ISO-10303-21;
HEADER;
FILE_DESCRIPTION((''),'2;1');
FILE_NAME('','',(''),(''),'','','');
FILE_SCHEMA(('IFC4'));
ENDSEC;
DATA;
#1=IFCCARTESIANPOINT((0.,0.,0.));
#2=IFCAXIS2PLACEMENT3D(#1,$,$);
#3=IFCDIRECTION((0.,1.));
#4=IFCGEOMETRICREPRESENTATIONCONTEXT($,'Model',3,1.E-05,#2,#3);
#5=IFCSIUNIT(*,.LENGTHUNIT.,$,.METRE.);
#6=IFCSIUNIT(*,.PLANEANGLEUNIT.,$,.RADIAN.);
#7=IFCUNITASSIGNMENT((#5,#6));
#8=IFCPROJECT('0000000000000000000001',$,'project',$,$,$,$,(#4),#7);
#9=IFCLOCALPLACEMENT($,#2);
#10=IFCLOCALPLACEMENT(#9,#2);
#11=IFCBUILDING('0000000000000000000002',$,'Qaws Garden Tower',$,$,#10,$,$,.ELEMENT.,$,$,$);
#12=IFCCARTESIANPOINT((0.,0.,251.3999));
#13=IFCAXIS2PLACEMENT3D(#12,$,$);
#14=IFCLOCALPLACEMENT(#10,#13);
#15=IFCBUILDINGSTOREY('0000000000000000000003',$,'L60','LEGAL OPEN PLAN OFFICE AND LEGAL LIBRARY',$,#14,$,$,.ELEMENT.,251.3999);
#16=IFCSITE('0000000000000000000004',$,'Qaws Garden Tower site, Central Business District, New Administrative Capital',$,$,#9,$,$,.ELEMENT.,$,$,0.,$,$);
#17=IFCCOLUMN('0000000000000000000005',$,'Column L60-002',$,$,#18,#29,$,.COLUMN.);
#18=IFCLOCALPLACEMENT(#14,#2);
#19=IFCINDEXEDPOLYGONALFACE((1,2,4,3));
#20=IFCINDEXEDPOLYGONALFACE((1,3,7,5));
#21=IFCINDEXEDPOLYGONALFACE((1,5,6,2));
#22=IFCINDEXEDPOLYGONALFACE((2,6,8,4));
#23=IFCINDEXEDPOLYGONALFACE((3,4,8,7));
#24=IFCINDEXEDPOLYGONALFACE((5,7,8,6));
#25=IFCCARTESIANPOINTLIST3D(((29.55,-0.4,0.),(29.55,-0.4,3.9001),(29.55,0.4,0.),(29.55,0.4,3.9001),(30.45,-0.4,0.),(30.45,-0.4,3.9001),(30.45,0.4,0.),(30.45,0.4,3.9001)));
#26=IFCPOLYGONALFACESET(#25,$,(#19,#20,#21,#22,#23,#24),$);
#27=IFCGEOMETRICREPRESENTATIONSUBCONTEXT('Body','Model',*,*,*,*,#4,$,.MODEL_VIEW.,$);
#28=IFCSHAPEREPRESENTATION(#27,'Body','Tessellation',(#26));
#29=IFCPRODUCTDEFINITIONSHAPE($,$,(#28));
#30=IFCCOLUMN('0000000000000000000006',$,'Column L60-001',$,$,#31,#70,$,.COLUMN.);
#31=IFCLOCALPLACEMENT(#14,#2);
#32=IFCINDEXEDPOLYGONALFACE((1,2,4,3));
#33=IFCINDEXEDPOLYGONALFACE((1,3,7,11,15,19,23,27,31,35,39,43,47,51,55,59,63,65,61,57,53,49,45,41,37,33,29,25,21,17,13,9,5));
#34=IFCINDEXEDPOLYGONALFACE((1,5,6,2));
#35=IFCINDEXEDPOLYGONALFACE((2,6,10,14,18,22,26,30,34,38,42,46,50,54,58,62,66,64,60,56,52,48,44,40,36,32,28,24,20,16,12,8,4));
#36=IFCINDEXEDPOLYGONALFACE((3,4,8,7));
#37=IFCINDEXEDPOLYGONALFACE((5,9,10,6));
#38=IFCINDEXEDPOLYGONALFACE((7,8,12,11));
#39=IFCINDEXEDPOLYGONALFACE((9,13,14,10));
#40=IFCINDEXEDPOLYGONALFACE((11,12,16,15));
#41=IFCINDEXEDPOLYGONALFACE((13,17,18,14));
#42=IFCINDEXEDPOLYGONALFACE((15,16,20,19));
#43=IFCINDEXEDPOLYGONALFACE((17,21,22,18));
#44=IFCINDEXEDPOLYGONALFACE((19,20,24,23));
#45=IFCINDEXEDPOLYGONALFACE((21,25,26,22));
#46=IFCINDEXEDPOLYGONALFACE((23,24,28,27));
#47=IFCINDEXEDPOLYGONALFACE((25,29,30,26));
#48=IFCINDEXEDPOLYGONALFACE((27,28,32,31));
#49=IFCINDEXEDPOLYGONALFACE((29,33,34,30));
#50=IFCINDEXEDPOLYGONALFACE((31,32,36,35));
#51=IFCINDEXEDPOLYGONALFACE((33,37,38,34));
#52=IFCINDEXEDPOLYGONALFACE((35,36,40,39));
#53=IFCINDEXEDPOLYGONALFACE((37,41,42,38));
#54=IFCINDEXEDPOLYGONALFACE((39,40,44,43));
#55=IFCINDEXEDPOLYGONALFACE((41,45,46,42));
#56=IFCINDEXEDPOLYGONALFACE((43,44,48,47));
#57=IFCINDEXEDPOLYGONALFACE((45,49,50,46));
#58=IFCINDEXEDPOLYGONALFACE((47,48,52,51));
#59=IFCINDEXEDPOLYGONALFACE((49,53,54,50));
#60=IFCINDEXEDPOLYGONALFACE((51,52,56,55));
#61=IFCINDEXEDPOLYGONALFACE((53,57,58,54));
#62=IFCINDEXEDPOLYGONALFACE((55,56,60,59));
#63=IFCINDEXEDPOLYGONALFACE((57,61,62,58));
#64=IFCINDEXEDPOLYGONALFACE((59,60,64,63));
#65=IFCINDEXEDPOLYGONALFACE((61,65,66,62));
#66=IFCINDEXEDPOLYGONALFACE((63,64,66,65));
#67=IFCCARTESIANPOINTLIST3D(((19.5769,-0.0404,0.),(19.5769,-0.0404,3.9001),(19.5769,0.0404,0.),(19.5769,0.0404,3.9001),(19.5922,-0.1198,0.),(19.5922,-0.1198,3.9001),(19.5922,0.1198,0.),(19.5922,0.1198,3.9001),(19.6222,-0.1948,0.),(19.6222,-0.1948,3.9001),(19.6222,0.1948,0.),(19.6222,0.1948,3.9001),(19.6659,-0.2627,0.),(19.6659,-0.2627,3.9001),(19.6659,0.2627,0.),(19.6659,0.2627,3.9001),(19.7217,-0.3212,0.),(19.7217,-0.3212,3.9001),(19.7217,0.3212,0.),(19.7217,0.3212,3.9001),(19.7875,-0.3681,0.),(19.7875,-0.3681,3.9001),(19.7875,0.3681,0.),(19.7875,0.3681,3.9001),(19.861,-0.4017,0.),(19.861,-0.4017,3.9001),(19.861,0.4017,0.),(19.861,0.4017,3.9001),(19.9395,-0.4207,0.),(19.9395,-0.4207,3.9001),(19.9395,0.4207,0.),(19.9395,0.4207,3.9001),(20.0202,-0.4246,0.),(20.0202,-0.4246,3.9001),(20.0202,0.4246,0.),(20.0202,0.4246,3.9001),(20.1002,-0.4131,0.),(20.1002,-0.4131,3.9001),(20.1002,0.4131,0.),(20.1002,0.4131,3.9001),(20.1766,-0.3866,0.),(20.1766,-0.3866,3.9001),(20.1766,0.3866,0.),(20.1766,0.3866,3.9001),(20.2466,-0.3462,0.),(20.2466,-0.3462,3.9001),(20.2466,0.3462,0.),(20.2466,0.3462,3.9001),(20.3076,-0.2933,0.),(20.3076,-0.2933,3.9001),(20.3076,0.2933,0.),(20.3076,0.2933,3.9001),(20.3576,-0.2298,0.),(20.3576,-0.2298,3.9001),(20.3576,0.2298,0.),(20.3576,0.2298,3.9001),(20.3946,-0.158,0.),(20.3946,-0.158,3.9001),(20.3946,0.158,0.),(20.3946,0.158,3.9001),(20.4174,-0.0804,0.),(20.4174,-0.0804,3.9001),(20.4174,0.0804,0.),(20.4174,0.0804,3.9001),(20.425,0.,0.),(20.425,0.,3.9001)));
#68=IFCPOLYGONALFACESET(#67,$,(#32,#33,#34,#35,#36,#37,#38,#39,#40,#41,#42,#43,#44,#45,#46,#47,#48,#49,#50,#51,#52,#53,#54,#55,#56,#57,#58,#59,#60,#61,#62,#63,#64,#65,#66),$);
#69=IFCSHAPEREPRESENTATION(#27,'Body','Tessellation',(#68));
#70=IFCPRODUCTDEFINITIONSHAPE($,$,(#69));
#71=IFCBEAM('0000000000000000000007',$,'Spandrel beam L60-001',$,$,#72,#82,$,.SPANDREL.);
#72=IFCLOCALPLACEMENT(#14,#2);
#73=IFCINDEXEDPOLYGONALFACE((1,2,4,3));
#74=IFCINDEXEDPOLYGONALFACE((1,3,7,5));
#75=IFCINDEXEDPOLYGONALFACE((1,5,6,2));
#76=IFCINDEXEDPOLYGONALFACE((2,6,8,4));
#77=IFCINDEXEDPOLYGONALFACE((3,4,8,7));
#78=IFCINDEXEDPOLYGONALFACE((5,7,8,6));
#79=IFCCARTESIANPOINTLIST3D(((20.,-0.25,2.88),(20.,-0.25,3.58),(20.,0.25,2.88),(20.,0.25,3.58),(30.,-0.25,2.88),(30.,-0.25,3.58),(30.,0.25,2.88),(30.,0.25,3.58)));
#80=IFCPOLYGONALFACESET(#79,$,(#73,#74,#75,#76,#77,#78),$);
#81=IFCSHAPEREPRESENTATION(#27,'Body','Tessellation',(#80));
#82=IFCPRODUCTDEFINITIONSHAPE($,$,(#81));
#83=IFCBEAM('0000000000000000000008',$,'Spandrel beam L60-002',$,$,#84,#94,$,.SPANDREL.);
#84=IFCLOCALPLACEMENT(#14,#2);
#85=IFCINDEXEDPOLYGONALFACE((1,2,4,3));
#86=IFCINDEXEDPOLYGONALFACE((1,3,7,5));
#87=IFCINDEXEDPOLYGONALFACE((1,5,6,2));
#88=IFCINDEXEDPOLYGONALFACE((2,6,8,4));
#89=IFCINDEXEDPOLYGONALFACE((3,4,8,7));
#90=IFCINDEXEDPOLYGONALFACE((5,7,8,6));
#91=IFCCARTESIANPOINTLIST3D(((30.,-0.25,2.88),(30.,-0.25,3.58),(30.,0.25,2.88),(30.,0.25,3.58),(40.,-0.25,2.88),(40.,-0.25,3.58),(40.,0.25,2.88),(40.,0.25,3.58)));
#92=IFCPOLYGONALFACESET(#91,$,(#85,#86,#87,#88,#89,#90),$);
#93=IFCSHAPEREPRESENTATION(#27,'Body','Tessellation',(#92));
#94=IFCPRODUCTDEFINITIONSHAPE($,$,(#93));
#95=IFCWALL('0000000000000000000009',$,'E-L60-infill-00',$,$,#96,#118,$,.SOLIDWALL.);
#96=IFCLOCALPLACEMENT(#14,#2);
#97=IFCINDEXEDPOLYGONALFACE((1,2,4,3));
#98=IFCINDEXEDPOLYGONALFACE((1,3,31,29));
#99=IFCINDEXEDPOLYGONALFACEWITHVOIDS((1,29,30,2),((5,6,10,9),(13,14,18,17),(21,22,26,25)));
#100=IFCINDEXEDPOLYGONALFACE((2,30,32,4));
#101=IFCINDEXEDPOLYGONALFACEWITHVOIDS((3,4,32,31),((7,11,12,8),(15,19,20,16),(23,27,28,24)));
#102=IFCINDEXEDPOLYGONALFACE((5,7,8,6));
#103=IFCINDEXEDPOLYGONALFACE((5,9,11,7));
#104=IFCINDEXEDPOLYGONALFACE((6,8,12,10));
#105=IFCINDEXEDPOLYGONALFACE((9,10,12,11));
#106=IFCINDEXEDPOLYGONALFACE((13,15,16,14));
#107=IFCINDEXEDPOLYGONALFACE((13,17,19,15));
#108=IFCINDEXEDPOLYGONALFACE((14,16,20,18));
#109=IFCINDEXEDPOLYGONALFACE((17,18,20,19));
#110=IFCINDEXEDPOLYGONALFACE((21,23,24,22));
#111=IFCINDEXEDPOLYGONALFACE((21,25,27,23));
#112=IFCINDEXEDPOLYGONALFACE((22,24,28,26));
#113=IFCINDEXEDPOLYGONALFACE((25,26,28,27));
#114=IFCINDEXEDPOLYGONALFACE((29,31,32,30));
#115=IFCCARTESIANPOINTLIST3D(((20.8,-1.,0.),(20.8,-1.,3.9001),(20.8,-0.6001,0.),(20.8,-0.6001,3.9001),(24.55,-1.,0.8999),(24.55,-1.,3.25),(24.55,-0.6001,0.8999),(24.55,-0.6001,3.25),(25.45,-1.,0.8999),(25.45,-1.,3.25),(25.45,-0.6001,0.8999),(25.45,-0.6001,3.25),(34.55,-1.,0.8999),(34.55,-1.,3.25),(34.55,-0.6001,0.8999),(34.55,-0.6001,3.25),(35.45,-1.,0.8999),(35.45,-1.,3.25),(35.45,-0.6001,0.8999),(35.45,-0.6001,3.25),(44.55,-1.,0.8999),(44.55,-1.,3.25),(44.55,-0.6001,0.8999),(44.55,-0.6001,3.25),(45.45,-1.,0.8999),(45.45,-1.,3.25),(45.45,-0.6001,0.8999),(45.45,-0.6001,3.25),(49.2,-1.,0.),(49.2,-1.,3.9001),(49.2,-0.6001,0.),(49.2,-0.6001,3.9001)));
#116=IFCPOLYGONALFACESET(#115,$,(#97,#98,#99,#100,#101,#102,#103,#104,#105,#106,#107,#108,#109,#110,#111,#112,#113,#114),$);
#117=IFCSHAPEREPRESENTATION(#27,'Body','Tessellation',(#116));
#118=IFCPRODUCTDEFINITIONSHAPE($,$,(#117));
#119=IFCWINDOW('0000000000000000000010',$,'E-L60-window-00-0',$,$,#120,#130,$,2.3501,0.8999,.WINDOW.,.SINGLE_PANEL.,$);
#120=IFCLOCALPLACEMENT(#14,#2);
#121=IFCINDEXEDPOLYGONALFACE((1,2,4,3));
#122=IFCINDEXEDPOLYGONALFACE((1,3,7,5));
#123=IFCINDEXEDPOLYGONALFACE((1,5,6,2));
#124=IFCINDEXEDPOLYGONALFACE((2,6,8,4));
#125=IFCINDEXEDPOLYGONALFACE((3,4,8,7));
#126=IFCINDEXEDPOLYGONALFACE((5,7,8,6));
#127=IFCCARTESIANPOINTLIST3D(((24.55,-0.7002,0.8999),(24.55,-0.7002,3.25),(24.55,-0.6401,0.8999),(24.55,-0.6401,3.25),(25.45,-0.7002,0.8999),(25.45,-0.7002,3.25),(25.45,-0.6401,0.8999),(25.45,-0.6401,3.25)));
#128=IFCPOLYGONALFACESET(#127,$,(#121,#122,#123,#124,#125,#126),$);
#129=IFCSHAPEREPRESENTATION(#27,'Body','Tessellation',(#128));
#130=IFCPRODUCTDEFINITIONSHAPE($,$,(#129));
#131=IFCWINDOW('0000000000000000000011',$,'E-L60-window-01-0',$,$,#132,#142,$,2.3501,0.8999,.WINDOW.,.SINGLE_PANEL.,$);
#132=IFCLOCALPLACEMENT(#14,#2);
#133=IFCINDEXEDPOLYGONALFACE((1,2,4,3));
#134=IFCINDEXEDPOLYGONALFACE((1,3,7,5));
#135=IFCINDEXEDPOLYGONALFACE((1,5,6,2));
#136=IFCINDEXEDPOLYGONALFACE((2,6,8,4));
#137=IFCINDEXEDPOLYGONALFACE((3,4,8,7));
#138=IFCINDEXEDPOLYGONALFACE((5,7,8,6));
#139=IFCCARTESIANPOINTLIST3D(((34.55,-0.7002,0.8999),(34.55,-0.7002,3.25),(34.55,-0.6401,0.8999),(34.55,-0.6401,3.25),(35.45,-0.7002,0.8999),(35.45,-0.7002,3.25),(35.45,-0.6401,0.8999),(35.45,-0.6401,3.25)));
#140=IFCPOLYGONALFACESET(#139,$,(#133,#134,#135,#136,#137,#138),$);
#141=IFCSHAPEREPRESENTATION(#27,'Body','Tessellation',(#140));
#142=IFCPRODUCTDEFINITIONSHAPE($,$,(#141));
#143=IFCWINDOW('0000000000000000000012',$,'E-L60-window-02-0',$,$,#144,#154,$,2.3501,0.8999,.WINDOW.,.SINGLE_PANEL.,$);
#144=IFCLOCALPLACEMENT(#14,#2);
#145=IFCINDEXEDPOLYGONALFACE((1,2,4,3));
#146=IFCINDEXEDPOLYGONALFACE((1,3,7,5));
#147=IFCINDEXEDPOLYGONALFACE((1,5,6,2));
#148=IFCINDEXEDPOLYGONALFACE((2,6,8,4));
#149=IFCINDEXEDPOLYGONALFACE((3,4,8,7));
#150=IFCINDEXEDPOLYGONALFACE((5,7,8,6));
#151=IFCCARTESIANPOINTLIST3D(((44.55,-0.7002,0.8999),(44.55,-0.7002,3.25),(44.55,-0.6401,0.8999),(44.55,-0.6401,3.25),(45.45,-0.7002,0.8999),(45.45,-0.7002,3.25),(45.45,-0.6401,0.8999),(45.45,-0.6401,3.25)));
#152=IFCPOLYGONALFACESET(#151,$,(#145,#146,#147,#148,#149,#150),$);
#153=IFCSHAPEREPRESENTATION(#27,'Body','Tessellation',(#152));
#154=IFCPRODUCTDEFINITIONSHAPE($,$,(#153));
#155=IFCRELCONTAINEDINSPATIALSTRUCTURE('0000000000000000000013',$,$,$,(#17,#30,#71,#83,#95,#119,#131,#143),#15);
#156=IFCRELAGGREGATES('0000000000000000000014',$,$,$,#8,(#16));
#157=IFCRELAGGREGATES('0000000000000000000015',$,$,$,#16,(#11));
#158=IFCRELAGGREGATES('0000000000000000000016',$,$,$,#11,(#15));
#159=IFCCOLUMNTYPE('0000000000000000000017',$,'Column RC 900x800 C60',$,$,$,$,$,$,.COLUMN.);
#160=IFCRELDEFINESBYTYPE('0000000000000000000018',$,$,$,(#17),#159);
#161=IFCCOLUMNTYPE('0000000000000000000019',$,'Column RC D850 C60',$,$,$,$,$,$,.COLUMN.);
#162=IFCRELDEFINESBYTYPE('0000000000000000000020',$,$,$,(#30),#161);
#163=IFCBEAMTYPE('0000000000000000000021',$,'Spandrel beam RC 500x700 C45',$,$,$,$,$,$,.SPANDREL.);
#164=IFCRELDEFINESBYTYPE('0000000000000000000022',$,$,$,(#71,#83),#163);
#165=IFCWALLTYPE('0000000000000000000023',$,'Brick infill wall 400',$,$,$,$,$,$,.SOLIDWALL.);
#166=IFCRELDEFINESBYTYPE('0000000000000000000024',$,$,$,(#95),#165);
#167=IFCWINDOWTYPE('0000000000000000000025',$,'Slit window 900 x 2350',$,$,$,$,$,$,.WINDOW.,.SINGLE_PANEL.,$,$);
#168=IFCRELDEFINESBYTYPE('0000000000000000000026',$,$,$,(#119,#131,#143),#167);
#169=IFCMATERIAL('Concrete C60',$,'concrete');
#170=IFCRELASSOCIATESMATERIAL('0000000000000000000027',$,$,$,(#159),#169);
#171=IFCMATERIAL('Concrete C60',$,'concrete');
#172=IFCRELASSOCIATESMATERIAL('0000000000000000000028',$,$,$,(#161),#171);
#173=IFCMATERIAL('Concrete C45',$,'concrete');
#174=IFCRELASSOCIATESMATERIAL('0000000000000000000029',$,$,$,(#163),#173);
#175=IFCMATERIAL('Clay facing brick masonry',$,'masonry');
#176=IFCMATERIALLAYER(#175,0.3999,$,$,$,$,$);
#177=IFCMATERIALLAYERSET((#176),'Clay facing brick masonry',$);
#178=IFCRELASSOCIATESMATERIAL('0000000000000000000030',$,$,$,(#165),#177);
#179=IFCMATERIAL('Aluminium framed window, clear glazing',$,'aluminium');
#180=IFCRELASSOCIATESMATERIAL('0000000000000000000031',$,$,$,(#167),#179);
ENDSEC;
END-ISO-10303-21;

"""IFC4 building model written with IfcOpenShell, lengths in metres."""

from ifc_helpers import new_model, si_unit, direction, frame, frame_2d, origin, origin_2d, place, context, subcontext, project, spatial, rectangle, circle, extrude, material, layer, layer_set, material_profile, profile_set, type_object, element, fill, save


model = new_model("IFC4")

# Units and contexts
model_context = context("Model", 3, precision=1e-05, world=origin(), true_north=direction((0.0, 1.0)))
body_context = subcontext(model_context, "Body", "Model", "MODEL_VIEW")
ifc_project = project(units=[si_unit("LENGTHUNIT", "METRE"), si_unit("PLANEANGLEUNIT", "RADIAN")], contexts=[model_context])

# Site, building, storey
site_placement = place(None, origin())
site = spatial("IfcSite", under=ifc_project, at=site_placement, Name="Qaws Garden Tower site, Central Business District, New Administrative Capital", CompositionType="ELEMENT", RefElevation=0.0)
building_placement = place(site_placement, origin())
building = spatial("IfcBuilding", under=site, at=building_placement, Name="Qaws Garden Tower", CompositionType="ELEMENT")
storey_placement = place(building_placement, frame((0.0, 0.0, 251.3999)))
storey = spatial("IfcBuildingStorey", under=building, at=storey_placement, Name="L60", Description="LEGAL OPEN PLAN OFFICE AND LEGAL LIBRARY", CompositionType="ELEMENT", Elevation=251.3999)

# Columns
ifc_material_1 = material(Name="Concrete C60", Category="concrete")
ifc_material_profile_1 = material_profile(ifc_material_1, rectangle(XDim=0.8999, YDim=0.8, at=origin_2d()), Name="RC 900x800")
ifc_profile_set_1 = profile_set([ifc_material_profile_1], Name="Concrete C60")
column_type_1 = type_object("IfcColumnType", Name="Column RC 900x800 C60", PredefinedType="COLUMN", material=ifc_profile_set_1)
column_1_placement = place(storey_placement, frame((30.0, 0.0, 0.0), z_axis=(0.0, 0.0, 1.0), x_axis=(1.0, 0.0, 0.0)))
element("IfcColumn", 1, at=column_1_placement, inside=storey, type_object=column_type_1, Name="Column L60-002", PredefinedType="COLUMN", context=body_context, shape_type="SweptSolid", body=[
    extrude(rectangle(XDim=0.8999, YDim=0.8, at=origin_2d()), origin(), (0.0, 0.0, 1.0), 3.9001),
])
ifc_material_2 = material(Name="Concrete C60", Category="concrete")
ifc_material_profile_2 = material_profile(ifc_material_2, circle(Radius=0.425, at=origin_2d()), Name="RC D850")
ifc_profile_set_2 = profile_set([ifc_material_profile_2], Name="Concrete C60")
column_type_2 = type_object("IfcColumnType", Name="Column RC D850 C60", PredefinedType="COLUMN", material=ifc_profile_set_2)
column_2_placement = place(storey_placement, frame((20.0, 0.0, 0.0), z_axis=(0.0, 0.0, 1.0), x_axis=(1.0, 0.0, 0.0)))
element("IfcColumn", 2, at=column_2_placement, inside=storey, type_object=column_type_2, Name="Column L60-001", PredefinedType="COLUMN", context=body_context, shape_type="SweptSolid", body=[
    extrude(circle(Radius=0.425, at=origin_2d()), origin(), (0.0, 0.0, 1.0), 3.9001),
])

# Beams
ifc_material_3 = material(Name="Concrete C45", Category="concrete")
ifc_material_profile_3 = material_profile(ifc_material_3, rectangle(XDim=0.5, YDim=0.7, at=origin_2d()), Name="RC 500x700")
ifc_profile_set_3 = profile_set([ifc_material_profile_3], Name="Concrete C45")
beam_type = type_object("IfcBeamType", Name="Spandrel beam RC 500x700 C45", PredefinedType="SPANDREL", material=ifc_profile_set_3)
for number, where, z_axis, x_axis, name in (
    (3, (20.0, 0.0, 3.23), (1.0, 0.0, 0.0), (0.0, 1.0, 0.0), "Spandrel beam L60-001"),
    (4, (30.0, 0.0, 3.23), (1.0, 0.0, 0.0), (0.0, 1.0, 0.0), "Spandrel beam L60-002"),
):
    element("IfcBeam", number, at=place(storey_placement, frame(where, z_axis=z_axis, x_axis=x_axis)), inside=storey, type_object=beam_type, Name=name, PredefinedType="SPANDREL", context=body_context, shape_type="SweptSolid", body=[
        extrude(rectangle(XDim=0.5, YDim=0.7, at=origin_2d()), origin(), (0.0, 0.0, 1.0), 10.0),
    ])

# Wall, openings, windows
ifc_material_4 = material(Name="Clay facing brick masonry", Category="masonry")
ifc_layer_1 = layer(ifc_material_4, 0.3999)
ifc_layer_set_1 = layer_set([ifc_layer_1], Name="Clay facing brick masonry")
wall_type_1 = type_object("IfcWallType", Name="Brick infill wall 400", PredefinedType="SOLIDWALL", material=ifc_layer_set_1)
wall_1_placement = place(storey_placement, frame((20.8, -0.8, 0.0), z_axis=(0.0, 0.0, 1.0), x_axis=(1.0, 0.0, 0.0)))
wall_1 = element("IfcWall", 5, at=wall_1_placement, inside=storey, type_object=wall_type_1, Name="E-L60-infill-00", PredefinedType="SOLIDWALL", context=body_context, shape_type="SweptSolid", body=[
    extrude(rectangle(XDim=28.3999, YDim=0.3999, at=frame_2d((14.2, 0.0))), origin(), (0.0, 0.0, 1.0), 3.9001),
])
opening_1_placement = place(wall_1_placement, frame((3.75, 0.0, 0.8999)))
opening_1 = element("IfcOpeningElement", 6, at=opening_1_placement, cuts=wall_1, PredefinedType="OPENING", context=body_context, shape_type="SweptSolid", body=[
    extrude(rectangle(XDim=0.8999, YDim=2.3501, at=frame_2d((0.45, 1.175))), frame((0.0, 0.21, 0.0), z_axis=(0.0, -1.0, 0.0), x_axis=(1.0, 0.0, 0.0)), (0.0, 0.0, 1.0), 0.4199),
])
opening_2_placement = place(wall_1_placement, frame((13.75, 0.0, 0.8999)))
opening_2 = element("IfcOpeningElement", 7, at=opening_2_placement, cuts=wall_1, PredefinedType="OPENING", context=body_context, shape_type="SweptSolid", body=[
    extrude(rectangle(XDim=0.8999, YDim=2.3501, at=frame_2d((0.45, 1.175))), frame((0.0, 0.21, 0.0), z_axis=(0.0, -1.0, 0.0), x_axis=(1.0, 0.0, 0.0)), (0.0, 0.0, 1.0), 0.4199),
])
opening_3_placement = place(wall_1_placement, frame((23.75, 0.0, 0.8999)))
opening_3 = element("IfcOpeningElement", 8, at=opening_3_placement, cuts=wall_1, PredefinedType="OPENING", context=body_context, shape_type="SweptSolid", body=[
    extrude(rectangle(XDim=0.8999, YDim=2.3501, at=frame_2d((0.45, 1.175))), frame((0.0, 0.21, 0.0), z_axis=(0.0, -1.0, 0.0), x_axis=(1.0, 0.0, 0.0)), (0.0, 0.0, 1.0), 0.4199),
])
ifc_material_5 = material(Name="Aluminium framed window, clear glazing", Category="aluminium")
window_type = type_object("IfcWindowType", Name="Slit window 900 x 2350", PartitioningType="SINGLE_PANEL", PredefinedType="WINDOW", material=ifc_material_5)
window_1_placement = place(opening_1_placement, origin())
window_1 = element("IfcWindow", 9, at=window_1_placement, inside=storey, type_object=window_type, Name="E-L60-window-00-0", OverallHeight=2.3501, OverallWidth=0.8999, PartitioningType="SINGLE_PANEL", PredefinedType="WINDOW", context=body_context, shape_type="SweptSolid", body=[
    extrude(rectangle(XDim=0.8999, YDim=2.3501, at=frame_2d((0.45, 1.175))), frame((0.0, 0.1599, 0.0), z_axis=(0.0, -1.0, 0.0), x_axis=(1.0, 0.0, 0.0)), (0.0, 0.0, 1.0), 0.0601),
])
fill(opening_1, window_1)
window_2_placement = place(opening_2_placement, origin())
window_2 = element("IfcWindow", 10, at=window_2_placement, inside=storey, type_object=window_type, Name="E-L60-window-01-0", OverallHeight=2.3501, OverallWidth=0.8999, PartitioningType="SINGLE_PANEL", PredefinedType="WINDOW", context=body_context, shape_type="SweptSolid", body=[
    extrude(rectangle(XDim=0.8999, YDim=2.3501, at=frame_2d((0.45, 1.175))), frame((0.0, 0.1599, 0.0), z_axis=(0.0, -1.0, 0.0), x_axis=(1.0, 0.0, 0.0)), (0.0, 0.0, 1.0), 0.0601),
])
fill(opening_2, window_2)
window_3_placement = place(opening_3_placement, origin())
window_3 = element("IfcWindow", 11, at=window_3_placement, inside=storey, type_object=window_type, Name="E-L60-window-02-0", OverallHeight=2.3501, OverallWidth=0.8999, PartitioningType="SINGLE_PANEL", PredefinedType="WINDOW", context=body_context, shape_type="SweptSolid", body=[
    extrude(rectangle(XDim=0.8999, YDim=2.3501, at=frame_2d((0.45, 1.175))), frame((0.0, 0.1599, 0.0), z_axis=(0.0, -1.0, 0.0), x_axis=(1.0, 0.0, 0.0)), (0.0, 0.0, 1.0), 0.0601),
])
fill(opening_3, window_3)

save(model, "model.ifc")
